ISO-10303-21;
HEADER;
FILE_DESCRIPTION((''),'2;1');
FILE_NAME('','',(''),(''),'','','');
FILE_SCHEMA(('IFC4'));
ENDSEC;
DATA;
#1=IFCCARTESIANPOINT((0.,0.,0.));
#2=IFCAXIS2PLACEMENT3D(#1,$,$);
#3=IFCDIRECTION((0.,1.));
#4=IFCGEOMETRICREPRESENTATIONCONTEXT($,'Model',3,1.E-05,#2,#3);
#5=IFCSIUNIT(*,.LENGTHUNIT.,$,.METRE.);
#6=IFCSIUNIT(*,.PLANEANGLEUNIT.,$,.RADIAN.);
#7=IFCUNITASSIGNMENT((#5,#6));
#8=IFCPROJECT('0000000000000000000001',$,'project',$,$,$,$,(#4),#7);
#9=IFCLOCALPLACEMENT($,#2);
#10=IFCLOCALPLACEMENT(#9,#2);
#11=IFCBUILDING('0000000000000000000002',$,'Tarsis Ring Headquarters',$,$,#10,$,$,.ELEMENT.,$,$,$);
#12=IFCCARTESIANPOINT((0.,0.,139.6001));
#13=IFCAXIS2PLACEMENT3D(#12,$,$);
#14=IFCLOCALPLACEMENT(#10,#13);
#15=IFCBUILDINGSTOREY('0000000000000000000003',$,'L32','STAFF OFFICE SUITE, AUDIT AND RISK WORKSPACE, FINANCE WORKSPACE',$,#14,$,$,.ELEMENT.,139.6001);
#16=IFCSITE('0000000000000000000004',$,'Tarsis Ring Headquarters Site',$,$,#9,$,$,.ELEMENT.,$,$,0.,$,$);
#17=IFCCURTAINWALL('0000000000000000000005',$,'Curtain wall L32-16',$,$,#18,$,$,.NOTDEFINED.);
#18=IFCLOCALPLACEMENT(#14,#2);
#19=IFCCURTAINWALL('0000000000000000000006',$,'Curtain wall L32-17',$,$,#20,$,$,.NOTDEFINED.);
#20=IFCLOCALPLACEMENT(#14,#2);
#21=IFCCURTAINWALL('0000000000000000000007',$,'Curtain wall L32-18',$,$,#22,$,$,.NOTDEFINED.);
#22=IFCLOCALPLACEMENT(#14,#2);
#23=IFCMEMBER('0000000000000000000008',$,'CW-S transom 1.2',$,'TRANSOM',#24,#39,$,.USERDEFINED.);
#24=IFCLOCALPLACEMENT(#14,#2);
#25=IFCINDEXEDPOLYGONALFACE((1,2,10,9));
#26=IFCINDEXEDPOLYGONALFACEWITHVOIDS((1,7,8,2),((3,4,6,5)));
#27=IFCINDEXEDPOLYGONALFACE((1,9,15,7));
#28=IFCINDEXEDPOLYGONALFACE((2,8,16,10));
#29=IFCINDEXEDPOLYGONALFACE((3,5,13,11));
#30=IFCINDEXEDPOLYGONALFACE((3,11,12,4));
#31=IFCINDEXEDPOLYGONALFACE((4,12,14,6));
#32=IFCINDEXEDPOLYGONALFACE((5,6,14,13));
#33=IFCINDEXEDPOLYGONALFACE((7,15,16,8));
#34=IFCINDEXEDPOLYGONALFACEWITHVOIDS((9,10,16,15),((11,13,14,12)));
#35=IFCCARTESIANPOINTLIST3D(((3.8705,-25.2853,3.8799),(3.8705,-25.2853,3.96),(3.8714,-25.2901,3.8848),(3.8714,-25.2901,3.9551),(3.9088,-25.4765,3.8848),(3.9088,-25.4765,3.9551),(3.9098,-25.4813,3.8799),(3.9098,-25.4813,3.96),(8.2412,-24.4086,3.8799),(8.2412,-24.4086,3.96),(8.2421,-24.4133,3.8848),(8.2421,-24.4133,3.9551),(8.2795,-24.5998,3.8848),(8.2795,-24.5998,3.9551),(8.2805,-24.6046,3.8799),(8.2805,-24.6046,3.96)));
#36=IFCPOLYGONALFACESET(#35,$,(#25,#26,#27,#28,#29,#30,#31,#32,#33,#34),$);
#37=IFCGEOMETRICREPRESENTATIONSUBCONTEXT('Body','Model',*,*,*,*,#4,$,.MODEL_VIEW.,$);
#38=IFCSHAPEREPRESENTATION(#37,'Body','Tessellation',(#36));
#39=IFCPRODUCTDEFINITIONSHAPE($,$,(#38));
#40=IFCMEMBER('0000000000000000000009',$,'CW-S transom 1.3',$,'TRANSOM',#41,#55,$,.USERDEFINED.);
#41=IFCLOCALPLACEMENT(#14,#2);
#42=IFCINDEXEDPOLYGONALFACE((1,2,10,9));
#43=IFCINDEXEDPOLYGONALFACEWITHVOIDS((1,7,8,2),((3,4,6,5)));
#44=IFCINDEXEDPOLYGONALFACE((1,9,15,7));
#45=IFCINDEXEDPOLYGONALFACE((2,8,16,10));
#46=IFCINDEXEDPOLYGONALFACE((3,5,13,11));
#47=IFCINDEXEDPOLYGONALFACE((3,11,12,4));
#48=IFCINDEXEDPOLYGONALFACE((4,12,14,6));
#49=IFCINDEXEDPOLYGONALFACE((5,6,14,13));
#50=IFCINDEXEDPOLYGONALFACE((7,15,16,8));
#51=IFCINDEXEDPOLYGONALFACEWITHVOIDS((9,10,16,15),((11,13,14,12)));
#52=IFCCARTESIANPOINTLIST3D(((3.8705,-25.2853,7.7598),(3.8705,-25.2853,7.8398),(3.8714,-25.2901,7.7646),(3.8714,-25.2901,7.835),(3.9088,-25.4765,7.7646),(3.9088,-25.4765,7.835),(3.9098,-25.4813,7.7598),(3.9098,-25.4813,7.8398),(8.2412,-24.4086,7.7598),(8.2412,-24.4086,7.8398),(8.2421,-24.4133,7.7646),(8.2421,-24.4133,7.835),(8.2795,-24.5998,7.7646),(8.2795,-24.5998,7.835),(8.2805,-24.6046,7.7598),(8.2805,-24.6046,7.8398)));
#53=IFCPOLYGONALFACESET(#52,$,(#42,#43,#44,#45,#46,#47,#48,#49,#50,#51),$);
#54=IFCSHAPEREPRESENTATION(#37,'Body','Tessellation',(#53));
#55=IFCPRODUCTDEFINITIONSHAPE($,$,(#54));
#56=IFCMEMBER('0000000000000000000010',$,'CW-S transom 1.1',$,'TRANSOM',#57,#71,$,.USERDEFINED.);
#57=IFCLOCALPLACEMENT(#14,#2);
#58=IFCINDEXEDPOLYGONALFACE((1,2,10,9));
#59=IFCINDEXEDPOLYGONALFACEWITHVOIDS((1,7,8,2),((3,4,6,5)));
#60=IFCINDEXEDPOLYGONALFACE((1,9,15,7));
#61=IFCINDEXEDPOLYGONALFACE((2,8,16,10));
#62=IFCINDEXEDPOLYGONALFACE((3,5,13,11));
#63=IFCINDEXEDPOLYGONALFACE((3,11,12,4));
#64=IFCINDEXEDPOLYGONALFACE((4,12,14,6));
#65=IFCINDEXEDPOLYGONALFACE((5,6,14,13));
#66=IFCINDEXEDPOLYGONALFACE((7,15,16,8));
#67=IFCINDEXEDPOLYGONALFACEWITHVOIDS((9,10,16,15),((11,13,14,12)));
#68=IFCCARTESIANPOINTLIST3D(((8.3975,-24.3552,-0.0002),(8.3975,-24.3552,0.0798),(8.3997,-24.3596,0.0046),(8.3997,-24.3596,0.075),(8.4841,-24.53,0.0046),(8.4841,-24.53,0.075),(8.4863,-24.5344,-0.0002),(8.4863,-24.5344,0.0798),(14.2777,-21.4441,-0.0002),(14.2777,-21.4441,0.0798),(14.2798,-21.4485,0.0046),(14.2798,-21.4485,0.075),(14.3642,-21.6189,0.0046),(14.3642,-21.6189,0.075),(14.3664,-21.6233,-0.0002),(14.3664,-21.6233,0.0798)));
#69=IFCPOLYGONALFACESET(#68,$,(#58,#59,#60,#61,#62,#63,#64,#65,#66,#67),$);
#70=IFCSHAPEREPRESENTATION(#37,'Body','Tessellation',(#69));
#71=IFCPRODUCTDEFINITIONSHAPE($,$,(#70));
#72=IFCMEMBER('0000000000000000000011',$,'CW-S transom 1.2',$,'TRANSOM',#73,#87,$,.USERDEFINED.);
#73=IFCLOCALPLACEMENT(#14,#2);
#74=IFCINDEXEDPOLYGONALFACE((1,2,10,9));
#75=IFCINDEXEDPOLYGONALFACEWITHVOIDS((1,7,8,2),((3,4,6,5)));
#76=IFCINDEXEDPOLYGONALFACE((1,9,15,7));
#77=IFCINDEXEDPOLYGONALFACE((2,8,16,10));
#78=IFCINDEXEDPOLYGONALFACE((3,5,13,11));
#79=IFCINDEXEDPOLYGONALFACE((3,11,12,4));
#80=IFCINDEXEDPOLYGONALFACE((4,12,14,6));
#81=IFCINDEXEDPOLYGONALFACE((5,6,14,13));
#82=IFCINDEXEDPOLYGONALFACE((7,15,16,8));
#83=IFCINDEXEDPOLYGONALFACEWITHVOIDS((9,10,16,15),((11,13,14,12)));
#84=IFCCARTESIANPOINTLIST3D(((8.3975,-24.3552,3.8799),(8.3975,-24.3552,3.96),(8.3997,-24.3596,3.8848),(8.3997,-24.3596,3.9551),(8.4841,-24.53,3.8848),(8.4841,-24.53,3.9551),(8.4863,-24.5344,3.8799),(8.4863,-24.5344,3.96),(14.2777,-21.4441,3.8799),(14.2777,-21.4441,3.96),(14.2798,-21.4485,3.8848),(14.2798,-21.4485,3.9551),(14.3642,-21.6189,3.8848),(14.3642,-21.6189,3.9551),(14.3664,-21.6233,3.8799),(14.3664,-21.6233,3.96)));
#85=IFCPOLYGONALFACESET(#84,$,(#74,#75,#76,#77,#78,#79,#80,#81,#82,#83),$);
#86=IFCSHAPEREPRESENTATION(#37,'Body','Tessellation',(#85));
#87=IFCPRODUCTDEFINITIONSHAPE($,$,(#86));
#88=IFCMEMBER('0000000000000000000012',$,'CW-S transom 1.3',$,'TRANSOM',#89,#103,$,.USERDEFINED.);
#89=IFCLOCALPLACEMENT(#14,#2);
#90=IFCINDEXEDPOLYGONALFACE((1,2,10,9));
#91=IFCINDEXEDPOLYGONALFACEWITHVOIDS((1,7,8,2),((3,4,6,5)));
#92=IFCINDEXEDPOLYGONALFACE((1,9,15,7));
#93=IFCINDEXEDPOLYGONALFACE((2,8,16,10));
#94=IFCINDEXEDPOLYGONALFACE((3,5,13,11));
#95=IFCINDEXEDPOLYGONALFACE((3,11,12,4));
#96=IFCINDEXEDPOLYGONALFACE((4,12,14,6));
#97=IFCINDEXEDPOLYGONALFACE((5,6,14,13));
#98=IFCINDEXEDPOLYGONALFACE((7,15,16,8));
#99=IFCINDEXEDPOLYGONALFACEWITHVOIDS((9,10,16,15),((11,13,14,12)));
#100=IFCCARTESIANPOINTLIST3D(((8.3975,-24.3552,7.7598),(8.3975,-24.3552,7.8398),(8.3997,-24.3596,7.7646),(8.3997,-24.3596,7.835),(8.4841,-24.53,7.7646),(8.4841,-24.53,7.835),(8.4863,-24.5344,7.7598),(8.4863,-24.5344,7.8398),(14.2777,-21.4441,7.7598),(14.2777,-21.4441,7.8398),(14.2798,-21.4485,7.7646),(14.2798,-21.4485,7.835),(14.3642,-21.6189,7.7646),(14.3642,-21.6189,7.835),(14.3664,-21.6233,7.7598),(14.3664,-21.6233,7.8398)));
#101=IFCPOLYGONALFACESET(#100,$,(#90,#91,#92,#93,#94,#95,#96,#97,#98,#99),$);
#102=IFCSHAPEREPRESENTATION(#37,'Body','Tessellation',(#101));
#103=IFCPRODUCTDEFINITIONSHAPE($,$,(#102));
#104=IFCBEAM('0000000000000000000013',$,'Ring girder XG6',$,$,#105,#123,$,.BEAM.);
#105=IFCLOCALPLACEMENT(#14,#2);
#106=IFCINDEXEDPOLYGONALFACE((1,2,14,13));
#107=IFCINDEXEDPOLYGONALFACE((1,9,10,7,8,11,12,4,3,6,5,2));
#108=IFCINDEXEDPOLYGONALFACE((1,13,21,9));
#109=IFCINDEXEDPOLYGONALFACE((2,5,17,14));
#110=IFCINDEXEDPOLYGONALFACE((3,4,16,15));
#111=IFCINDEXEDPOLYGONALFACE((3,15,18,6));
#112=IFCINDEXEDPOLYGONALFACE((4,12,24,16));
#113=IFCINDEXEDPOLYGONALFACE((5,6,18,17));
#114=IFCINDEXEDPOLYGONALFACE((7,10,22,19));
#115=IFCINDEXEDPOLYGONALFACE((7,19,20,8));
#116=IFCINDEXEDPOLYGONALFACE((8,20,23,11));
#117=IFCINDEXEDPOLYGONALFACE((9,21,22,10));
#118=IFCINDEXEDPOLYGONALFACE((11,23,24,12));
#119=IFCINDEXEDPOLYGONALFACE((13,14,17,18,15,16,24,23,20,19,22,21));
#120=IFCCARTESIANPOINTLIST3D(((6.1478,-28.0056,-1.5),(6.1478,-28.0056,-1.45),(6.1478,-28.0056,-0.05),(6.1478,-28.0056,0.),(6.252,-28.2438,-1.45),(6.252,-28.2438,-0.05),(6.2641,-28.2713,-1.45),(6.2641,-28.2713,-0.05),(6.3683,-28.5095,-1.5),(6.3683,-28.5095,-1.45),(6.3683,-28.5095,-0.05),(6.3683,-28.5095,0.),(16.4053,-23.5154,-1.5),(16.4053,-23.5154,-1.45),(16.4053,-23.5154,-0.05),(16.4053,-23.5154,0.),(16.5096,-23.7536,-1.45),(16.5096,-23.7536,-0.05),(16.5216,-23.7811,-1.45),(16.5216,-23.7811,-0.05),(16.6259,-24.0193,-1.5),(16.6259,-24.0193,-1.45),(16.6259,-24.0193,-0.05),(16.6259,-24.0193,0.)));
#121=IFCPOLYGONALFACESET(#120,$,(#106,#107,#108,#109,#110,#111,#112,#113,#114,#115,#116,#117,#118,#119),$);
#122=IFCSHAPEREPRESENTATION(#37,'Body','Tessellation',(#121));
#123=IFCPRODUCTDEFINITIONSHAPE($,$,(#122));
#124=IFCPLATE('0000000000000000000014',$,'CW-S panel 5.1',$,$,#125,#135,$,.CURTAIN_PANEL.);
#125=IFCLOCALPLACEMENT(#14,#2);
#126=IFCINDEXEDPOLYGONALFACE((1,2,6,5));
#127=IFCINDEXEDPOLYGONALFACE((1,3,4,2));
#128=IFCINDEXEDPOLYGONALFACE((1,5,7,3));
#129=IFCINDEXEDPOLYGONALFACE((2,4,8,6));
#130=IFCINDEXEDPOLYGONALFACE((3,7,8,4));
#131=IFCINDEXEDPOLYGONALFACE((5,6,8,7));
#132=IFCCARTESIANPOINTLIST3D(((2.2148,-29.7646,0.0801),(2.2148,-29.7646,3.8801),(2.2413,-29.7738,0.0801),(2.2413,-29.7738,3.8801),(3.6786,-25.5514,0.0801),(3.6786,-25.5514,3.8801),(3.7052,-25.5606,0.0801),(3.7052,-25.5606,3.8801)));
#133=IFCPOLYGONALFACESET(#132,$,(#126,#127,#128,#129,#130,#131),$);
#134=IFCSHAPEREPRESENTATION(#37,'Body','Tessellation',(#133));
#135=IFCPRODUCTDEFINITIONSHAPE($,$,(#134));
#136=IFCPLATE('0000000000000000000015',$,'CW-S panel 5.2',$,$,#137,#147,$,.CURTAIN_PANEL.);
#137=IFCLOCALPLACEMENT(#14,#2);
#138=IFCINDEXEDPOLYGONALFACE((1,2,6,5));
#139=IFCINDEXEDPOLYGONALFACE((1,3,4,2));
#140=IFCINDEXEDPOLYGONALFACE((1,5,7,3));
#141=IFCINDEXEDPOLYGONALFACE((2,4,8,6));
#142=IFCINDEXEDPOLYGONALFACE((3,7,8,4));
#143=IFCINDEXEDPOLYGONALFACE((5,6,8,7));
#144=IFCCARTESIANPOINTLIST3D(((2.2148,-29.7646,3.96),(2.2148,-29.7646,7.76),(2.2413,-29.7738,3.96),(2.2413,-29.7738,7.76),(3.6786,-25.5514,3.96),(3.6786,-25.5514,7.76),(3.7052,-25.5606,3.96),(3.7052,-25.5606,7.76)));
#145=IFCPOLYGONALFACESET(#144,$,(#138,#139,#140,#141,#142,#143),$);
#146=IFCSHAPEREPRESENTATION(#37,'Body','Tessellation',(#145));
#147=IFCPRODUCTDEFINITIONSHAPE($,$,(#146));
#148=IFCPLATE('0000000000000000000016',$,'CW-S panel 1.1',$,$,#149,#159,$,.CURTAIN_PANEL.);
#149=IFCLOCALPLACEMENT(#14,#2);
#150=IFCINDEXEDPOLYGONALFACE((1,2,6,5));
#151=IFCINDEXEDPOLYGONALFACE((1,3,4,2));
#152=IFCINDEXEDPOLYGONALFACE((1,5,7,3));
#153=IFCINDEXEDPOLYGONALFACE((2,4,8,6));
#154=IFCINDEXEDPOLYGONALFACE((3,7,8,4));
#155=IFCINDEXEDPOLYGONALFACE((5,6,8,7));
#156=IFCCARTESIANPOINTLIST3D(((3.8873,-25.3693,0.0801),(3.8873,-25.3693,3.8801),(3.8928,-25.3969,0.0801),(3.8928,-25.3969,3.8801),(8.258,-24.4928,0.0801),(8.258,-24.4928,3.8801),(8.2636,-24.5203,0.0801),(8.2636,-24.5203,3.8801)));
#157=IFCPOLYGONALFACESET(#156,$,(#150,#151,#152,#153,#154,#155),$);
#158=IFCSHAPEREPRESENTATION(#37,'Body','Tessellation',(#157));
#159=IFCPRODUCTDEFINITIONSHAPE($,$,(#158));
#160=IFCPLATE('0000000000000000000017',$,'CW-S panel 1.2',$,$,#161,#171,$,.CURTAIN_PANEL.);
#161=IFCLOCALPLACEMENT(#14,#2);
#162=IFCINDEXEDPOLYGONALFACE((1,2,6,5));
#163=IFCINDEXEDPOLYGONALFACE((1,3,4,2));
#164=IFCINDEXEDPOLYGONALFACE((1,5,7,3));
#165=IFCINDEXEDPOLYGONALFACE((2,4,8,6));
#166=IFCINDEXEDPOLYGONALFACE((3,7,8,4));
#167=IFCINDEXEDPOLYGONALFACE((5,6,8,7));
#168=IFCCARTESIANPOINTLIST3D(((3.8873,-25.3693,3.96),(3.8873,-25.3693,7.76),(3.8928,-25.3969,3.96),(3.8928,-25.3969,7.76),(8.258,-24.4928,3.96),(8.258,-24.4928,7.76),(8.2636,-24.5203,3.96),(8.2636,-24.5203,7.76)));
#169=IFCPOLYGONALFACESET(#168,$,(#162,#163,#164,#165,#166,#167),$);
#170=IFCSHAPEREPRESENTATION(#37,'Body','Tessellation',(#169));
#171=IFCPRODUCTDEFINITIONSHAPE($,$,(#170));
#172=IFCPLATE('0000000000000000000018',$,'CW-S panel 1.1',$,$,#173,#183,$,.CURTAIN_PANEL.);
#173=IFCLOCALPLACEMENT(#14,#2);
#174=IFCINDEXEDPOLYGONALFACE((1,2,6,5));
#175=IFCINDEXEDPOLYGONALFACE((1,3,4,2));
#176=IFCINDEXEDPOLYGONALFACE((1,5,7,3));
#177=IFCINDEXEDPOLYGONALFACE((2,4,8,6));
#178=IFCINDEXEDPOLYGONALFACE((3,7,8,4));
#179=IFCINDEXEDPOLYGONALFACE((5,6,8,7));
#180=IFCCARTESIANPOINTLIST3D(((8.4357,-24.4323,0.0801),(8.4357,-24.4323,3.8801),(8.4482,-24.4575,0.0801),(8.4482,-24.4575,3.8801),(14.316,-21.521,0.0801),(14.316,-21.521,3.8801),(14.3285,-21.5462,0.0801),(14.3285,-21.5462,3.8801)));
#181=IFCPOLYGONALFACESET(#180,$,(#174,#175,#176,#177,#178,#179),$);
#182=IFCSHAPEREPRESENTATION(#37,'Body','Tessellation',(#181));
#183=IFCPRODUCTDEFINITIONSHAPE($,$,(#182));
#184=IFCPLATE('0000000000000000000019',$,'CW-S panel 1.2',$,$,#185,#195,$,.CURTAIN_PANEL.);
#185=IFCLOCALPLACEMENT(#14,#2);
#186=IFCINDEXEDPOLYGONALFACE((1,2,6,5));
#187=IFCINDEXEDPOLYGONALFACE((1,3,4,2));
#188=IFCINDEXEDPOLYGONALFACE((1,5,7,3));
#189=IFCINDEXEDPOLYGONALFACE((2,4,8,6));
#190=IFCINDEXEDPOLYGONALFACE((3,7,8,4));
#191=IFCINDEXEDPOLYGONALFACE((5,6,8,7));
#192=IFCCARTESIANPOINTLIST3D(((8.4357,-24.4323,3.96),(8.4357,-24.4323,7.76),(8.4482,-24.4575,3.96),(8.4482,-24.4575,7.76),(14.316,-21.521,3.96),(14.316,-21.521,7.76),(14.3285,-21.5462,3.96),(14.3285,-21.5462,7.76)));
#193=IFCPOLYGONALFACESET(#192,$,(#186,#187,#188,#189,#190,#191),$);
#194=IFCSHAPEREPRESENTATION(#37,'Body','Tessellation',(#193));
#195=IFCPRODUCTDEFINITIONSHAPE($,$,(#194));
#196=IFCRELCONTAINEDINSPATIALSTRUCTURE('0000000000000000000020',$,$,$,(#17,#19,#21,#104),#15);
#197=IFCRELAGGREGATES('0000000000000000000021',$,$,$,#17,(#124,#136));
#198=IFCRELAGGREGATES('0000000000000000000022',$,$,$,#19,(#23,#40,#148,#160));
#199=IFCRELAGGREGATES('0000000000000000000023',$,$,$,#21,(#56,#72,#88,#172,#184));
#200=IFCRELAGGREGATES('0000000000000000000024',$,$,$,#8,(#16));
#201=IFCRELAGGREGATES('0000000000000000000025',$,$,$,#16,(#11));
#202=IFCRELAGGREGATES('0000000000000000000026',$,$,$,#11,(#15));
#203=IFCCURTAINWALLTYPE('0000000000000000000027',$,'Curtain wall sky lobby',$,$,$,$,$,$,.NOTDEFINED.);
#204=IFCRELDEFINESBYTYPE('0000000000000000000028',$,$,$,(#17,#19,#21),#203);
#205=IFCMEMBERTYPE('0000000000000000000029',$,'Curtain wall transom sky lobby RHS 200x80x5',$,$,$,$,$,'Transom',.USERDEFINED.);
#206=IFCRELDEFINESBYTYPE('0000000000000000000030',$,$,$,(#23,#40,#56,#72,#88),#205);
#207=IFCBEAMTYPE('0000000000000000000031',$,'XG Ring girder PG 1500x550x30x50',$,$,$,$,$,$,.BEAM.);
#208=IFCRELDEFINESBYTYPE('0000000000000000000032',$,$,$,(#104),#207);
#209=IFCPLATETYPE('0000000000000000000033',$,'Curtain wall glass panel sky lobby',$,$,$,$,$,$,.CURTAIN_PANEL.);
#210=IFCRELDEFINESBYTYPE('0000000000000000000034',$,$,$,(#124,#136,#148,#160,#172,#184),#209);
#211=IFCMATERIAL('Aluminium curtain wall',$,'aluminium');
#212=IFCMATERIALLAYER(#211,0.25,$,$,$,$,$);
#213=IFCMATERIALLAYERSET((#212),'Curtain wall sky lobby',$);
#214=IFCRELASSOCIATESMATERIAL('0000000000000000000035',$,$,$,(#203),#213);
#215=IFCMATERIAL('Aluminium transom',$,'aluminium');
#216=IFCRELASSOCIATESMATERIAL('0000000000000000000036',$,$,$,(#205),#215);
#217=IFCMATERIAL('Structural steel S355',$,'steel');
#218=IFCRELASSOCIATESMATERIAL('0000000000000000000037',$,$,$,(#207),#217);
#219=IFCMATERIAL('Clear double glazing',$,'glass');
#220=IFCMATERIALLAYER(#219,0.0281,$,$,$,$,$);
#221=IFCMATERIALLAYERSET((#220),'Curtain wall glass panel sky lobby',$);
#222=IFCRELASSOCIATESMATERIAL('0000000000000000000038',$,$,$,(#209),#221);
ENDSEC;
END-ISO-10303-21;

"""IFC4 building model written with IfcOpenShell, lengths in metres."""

from ifc_helpers import new_model, si_unit, direction, frame, origin, origin_2d, place, context, subcontext, project, spatial, rectangle, hollow_rectangle, i_section, extrude, material, layer, layer_set, material_profile, profile_set, type_object, element, aggregate, save


model = new_model("IFC4")

# Units and contexts
model_context = context("Model", 3, precision=1e-05, world=origin(), true_north=direction((0.0, 1.0)))
body_context = subcontext(model_context, "Body", "Model", "MODEL_VIEW")
ifc_project = project(units=[si_unit("LENGTHUNIT", "METRE"), si_unit("PLANEANGLEUNIT", "RADIAN")], contexts=[model_context])

# Site, building, storey
site_placement = place(None, origin())
site = spatial("IfcSite", under=ifc_project, at=site_placement, Name="Tarsis Ring Headquarters Site", CompositionType="ELEMENT", RefElevation=0.0)
building_placement = place(site_placement, origin())
building = spatial("IfcBuilding", under=site, at=building_placement, Name="Tarsis Ring Headquarters", CompositionType="ELEMENT")
storey_placement = place(building_placement, frame((0.0, 0.0, 139.6001)))
storey = spatial("IfcBuildingStorey", under=building, at=storey_placement, Name="L32", Description="STAFF OFFICE SUITE, AUDIT AND RISK WORKSPACE, FINANCE WORKSPACE", CompositionType="ELEMENT", Elevation=139.6001)

# Shared definitions
ifc_material_1 = material(Name="Structural steel S355", Category="steel")

# Curtain wall
ifc_material_2 = material(Name="Aluminium curtain wall", Category="aluminium")
ifc_layer_1 = layer(ifc_material_2, 0.25)
ifc_layer_set_1 = layer_set([ifc_layer_1], Name="Curtain wall sky lobby")
curtain_wall_type = type_object("IfcCurtainWallType", Name="Curtain wall sky lobby", PredefinedType="NOTDEFINED", material=ifc_layer_set_1)
curtain_wall_1_placement = place(storey_placement, origin())
curtain_wall_1 = element("IfcCurtainWall", 1, at=curtain_wall_1_placement, inside=storey, type_object=curtain_wall_type, Name="Curtain wall L32-16", PredefinedType="NOTDEFINED")

# Curtain wall
curtain_wall_2_placement = place(storey_placement, origin())
curtain_wall_2 = element("IfcCurtainWall", 2, at=curtain_wall_2_placement, inside=storey, type_object=curtain_wall_type, Name="Curtain wall L32-17", PredefinedType="NOTDEFINED")

# Curtain wall
curtain_wall_3_placement = place(storey_placement, origin())
curtain_wall_3 = element("IfcCurtainWall", 3, at=curtain_wall_3_placement, inside=storey, type_object=curtain_wall_type, Name="Curtain wall L32-18", PredefinedType="NOTDEFINED")

# Members
ifc_material_3 = material(Name="Aluminium transom", Category="aluminium")
ifc_material_profile_1 = material_profile(ifc_material_3, hollow_rectangle(XDim=0.2, YDim=0.0801, WallThickness=0.0049, at=origin_2d()), Name="RHS 200x80x5")
ifc_profile_set_1 = profile_set([ifc_material_profile_1], Name="Aluminium transom")
member_type_1 = type_object("IfcMemberType", Name="Curtain wall transom sky lobby RHS 200x80x5", ElementType="Transom", PredefinedType="USERDEFINED", material=ifc_profile_set_1)
member_1_placement = place(storey_placement, frame((3.8901, -25.3833, 3.9199), z_axis=(0.980469, 0.196674, 0.0), x_axis=(-0.196674, 0.980469, 0.0)))
member_1 = element("IfcMember", 4, at=member_1_placement, type_object=member_type_1, Name="CW-S transom 1.2", ObjectType="TRANSOM", PredefinedType="USERDEFINED", context=body_context, shape_type="SweptSolid", body=[
    extrude(hollow_rectangle(XDim=0.2, YDim=0.0801, WallThickness=0.0049, at=origin_2d()), origin(), (0.0, 0.0, 1.0), 4.4578),
])
member_2_placement = place(storey_placement, frame((3.8901, -25.3833, 7.7998), z_axis=(0.980469, 0.196674, 0.0), x_axis=(-0.196674, 0.980469, 0.0)))
member_2 = element("IfcMember", 5, at=member_2_placement, type_object=member_type_1, Name="CW-S transom 1.3", ObjectType="TRANSOM", PredefinedType="USERDEFINED", context=body_context, shape_type="SweptSolid", body=[
    extrude(hollow_rectangle(XDim=0.2, YDim=0.0801, WallThickness=0.0049, at=origin_2d()), origin(), (0.0, 0.0, 1.0), 4.4578),
])
member_3_placement = place(storey_placement, frame((8.4419, -24.4448, 0.0398), z_axis=(0.896184, 0.443683, 0.0), x_axis=(-0.443683, 0.896184, 0.0)))
member_3 = element("IfcMember", 6, at=member_3_placement, type_object=member_type_1, Name="CW-S transom 1.1", ObjectType="TRANSOM", PredefinedType="USERDEFINED", context=body_context, shape_type="SweptSolid", body=[
    extrude(hollow_rectangle(XDim=0.2, YDim=0.0801, WallThickness=0.0049, at=origin_2d()), origin(), (0.0, 0.0, 1.0), 6.5613),
])
member_4_placement = place(storey_placement, frame((8.4419, -24.4448, 3.9199), z_axis=(0.896184, 0.443683, 0.0), x_axis=(-0.443683, 0.896184, 0.0)))
member_4 = element("IfcMember", 7, at=member_4_placement, type_object=member_type_1, Name="CW-S transom 1.2", ObjectType="TRANSOM", PredefinedType="USERDEFINED", context=body_context, shape_type="SweptSolid", body=[
    extrude(hollow_rectangle(XDim=0.2, YDim=0.0801, WallThickness=0.0049, at=origin_2d()), origin(), (0.0, 0.0, 1.0), 6.5613),
])
member_5_placement = place(storey_placement, frame((8.4419, -24.4448, 7.7998), z_axis=(0.896184, 0.443683, 0.0), x_axis=(-0.443683, 0.896184, 0.0)))
member_5 = element("IfcMember", 8, at=member_5_placement, type_object=member_type_1, Name="CW-S transom 1.3", ObjectType="TRANSOM", PredefinedType="USERDEFINED", context=body_context, shape_type="SweptSolid", body=[
    extrude(hollow_rectangle(XDim=0.2, YDim=0.0801, WallThickness=0.0049, at=origin_2d()), origin(), (0.0, 0.0, 1.0), 6.5613),
])

# Beam
ifc_material_profile_2 = material_profile(ifc_material_1, i_section(OverallWidth=0.55, OverallDepth=1.5, WebThickness=0.03, FlangeThickness=0.05, at=origin_2d()), Name="PG 1500x550x30x50")
ifc_profile_set_2 = profile_set([ifc_material_profile_2], Name="Structural steel S355")
beam_type = type_object("IfcBeamType", Name="XG Ring girder PG 1500x550x30x50", PredefinedType="BEAM", material=ifc_profile_set_2)
beam_placement = place(storey_placement, frame((6.2581, -28.2576, -0.75), z_axis=(0.916074, 0.40101, 0.0), x_axis=(-0.40101, 0.916074, 0.0)))
element("IfcBeam", 9, at=beam_placement, inside=storey, type_object=beam_type, Name="Ring girder XG6", PredefinedType="BEAM", context=body_context, shape_type="SweptSolid", body=[
    extrude(i_section(OverallWidth=0.55, OverallDepth=1.5, WebThickness=0.03, FlangeThickness=0.05, at=origin_2d()), origin(), (0.0, 0.0, 1.0), 11.1973),
])

# Plates
ifc_material_4 = material(Name="Clear double glazing", Category="glass")
ifc_layer_2 = layer(ifc_material_4, 0.0281)
ifc_layer_set_2 = layer_set([ifc_layer_2], Name="Curtain wall glass panel sky lobby")
plate_type = type_object("IfcPlateType", Name="Curtain wall glass panel sky lobby", PredefinedType="CURTAIN_PANEL", material=ifc_layer_set_2)
plate_1_placement = place(storey_placement, frame((2.96, -27.6626, 0.0801), z_axis=(0.0, 0.0, 1.0), x_axis=(0.328207, 0.944606, 0.0)))
plate_1 = element("IfcPlate", 10, at=plate_1_placement, type_object=plate_type, Name="CW-S panel 5.1", PredefinedType="CURTAIN_PANEL", context=body_context, shape_type="SweptSolid", body=[
    extrude(rectangle(XDim=4.4602, YDim=0.0281, at=origin_2d()), origin(), (0.0, 0.0, 1.0), 3.8),
])
plate_2_placement = place(storey_placement, frame((2.96, -27.6626, 3.96), z_axis=(0.0, 0.0, 1.0), x_axis=(0.328207, 0.944606, 0.0)))
plate_2 = element("IfcPlate", 11, at=plate_2_placement, type_object=plate_type, Name="CW-S panel 5.2", PredefinedType="CURTAIN_PANEL", context=body_context, shape_type="SweptSolid", body=[
    extrude(rectangle(XDim=4.4602, YDim=0.0281, at=origin_2d()), origin(), (0.0, 0.0, 1.0), 3.8),
])
aggregate(curtain_wall_1, [plate_1, plate_2])
plate_3_placement = place(storey_placement, frame((6.0754, -24.9448, 0.0801), z_axis=(0.0, 0.0, 1.0), x_axis=(0.980478, 0.196631, 0.0)))
plate_3 = element("IfcPlate", 12, at=plate_3_placement, type_object=plate_type, Name="CW-S panel 1.1", PredefinedType="CURTAIN_PANEL", context=body_context, shape_type="SweptSolid", body=[
    extrude(rectangle(XDim=4.4578, YDim=0.0281, at=origin_2d()), origin(), (0.0, 0.0, 1.0), 3.8),
])
plate_4_placement = place(storey_placement, frame((6.0754, -24.9448, 3.96), z_axis=(0.0, 0.0, 1.0), x_axis=(0.980478, 0.196631, 0.0)))
plate_4 = element("IfcPlate", 13, at=plate_4_placement, type_object=plate_type, Name="CW-S panel 1.2", PredefinedType="CURTAIN_PANEL", context=body_context, shape_type="SweptSolid", body=[
    extrude(rectangle(XDim=4.4578, YDim=0.0281, at=origin_2d()), origin(), (0.0, 0.0, 1.0), 3.8),
])
aggregate(curtain_wall_2, [member_1, member_2, plate_3, plate_4])
plate_5_placement = place(storey_placement, frame((11.3821, -22.9893, 0.0801), z_axis=(0.0, 0.0, 1.0), x_axis=(0.896177, 0.443697, 0.0)))
plate_5 = element("IfcPlate", 14, at=plate_5_placement, type_object=plate_type, Name="CW-S panel 1.1", PredefinedType="CURTAIN_PANEL", context=body_context, shape_type="SweptSolid", body=[
    extrude(rectangle(XDim=6.5615, YDim=0.0281, at=origin_2d()), origin(), (0.0, 0.0, 1.0), 3.8),
])
plate_6_placement = place(storey_placement, frame((11.3821, -22.9893, 3.96), z_axis=(0.0, 0.0, 1.0), x_axis=(0.896177, 0.443697, 0.0)))
plate_6 = element("IfcPlate", 15, at=plate_6_placement, type_object=plate_type, Name="CW-S panel 1.2", PredefinedType="CURTAIN_PANEL", context=body_context, shape_type="SweptSolid", body=[
    extrude(rectangle(XDim=6.5615, YDim=0.0281, at=origin_2d()), origin(), (0.0, 0.0, 1.0), 3.8),
])
aggregate(curtain_wall_3, [member_3, member_4, member_5, plate_5, plate_6])

save(model, "model.ifc")
